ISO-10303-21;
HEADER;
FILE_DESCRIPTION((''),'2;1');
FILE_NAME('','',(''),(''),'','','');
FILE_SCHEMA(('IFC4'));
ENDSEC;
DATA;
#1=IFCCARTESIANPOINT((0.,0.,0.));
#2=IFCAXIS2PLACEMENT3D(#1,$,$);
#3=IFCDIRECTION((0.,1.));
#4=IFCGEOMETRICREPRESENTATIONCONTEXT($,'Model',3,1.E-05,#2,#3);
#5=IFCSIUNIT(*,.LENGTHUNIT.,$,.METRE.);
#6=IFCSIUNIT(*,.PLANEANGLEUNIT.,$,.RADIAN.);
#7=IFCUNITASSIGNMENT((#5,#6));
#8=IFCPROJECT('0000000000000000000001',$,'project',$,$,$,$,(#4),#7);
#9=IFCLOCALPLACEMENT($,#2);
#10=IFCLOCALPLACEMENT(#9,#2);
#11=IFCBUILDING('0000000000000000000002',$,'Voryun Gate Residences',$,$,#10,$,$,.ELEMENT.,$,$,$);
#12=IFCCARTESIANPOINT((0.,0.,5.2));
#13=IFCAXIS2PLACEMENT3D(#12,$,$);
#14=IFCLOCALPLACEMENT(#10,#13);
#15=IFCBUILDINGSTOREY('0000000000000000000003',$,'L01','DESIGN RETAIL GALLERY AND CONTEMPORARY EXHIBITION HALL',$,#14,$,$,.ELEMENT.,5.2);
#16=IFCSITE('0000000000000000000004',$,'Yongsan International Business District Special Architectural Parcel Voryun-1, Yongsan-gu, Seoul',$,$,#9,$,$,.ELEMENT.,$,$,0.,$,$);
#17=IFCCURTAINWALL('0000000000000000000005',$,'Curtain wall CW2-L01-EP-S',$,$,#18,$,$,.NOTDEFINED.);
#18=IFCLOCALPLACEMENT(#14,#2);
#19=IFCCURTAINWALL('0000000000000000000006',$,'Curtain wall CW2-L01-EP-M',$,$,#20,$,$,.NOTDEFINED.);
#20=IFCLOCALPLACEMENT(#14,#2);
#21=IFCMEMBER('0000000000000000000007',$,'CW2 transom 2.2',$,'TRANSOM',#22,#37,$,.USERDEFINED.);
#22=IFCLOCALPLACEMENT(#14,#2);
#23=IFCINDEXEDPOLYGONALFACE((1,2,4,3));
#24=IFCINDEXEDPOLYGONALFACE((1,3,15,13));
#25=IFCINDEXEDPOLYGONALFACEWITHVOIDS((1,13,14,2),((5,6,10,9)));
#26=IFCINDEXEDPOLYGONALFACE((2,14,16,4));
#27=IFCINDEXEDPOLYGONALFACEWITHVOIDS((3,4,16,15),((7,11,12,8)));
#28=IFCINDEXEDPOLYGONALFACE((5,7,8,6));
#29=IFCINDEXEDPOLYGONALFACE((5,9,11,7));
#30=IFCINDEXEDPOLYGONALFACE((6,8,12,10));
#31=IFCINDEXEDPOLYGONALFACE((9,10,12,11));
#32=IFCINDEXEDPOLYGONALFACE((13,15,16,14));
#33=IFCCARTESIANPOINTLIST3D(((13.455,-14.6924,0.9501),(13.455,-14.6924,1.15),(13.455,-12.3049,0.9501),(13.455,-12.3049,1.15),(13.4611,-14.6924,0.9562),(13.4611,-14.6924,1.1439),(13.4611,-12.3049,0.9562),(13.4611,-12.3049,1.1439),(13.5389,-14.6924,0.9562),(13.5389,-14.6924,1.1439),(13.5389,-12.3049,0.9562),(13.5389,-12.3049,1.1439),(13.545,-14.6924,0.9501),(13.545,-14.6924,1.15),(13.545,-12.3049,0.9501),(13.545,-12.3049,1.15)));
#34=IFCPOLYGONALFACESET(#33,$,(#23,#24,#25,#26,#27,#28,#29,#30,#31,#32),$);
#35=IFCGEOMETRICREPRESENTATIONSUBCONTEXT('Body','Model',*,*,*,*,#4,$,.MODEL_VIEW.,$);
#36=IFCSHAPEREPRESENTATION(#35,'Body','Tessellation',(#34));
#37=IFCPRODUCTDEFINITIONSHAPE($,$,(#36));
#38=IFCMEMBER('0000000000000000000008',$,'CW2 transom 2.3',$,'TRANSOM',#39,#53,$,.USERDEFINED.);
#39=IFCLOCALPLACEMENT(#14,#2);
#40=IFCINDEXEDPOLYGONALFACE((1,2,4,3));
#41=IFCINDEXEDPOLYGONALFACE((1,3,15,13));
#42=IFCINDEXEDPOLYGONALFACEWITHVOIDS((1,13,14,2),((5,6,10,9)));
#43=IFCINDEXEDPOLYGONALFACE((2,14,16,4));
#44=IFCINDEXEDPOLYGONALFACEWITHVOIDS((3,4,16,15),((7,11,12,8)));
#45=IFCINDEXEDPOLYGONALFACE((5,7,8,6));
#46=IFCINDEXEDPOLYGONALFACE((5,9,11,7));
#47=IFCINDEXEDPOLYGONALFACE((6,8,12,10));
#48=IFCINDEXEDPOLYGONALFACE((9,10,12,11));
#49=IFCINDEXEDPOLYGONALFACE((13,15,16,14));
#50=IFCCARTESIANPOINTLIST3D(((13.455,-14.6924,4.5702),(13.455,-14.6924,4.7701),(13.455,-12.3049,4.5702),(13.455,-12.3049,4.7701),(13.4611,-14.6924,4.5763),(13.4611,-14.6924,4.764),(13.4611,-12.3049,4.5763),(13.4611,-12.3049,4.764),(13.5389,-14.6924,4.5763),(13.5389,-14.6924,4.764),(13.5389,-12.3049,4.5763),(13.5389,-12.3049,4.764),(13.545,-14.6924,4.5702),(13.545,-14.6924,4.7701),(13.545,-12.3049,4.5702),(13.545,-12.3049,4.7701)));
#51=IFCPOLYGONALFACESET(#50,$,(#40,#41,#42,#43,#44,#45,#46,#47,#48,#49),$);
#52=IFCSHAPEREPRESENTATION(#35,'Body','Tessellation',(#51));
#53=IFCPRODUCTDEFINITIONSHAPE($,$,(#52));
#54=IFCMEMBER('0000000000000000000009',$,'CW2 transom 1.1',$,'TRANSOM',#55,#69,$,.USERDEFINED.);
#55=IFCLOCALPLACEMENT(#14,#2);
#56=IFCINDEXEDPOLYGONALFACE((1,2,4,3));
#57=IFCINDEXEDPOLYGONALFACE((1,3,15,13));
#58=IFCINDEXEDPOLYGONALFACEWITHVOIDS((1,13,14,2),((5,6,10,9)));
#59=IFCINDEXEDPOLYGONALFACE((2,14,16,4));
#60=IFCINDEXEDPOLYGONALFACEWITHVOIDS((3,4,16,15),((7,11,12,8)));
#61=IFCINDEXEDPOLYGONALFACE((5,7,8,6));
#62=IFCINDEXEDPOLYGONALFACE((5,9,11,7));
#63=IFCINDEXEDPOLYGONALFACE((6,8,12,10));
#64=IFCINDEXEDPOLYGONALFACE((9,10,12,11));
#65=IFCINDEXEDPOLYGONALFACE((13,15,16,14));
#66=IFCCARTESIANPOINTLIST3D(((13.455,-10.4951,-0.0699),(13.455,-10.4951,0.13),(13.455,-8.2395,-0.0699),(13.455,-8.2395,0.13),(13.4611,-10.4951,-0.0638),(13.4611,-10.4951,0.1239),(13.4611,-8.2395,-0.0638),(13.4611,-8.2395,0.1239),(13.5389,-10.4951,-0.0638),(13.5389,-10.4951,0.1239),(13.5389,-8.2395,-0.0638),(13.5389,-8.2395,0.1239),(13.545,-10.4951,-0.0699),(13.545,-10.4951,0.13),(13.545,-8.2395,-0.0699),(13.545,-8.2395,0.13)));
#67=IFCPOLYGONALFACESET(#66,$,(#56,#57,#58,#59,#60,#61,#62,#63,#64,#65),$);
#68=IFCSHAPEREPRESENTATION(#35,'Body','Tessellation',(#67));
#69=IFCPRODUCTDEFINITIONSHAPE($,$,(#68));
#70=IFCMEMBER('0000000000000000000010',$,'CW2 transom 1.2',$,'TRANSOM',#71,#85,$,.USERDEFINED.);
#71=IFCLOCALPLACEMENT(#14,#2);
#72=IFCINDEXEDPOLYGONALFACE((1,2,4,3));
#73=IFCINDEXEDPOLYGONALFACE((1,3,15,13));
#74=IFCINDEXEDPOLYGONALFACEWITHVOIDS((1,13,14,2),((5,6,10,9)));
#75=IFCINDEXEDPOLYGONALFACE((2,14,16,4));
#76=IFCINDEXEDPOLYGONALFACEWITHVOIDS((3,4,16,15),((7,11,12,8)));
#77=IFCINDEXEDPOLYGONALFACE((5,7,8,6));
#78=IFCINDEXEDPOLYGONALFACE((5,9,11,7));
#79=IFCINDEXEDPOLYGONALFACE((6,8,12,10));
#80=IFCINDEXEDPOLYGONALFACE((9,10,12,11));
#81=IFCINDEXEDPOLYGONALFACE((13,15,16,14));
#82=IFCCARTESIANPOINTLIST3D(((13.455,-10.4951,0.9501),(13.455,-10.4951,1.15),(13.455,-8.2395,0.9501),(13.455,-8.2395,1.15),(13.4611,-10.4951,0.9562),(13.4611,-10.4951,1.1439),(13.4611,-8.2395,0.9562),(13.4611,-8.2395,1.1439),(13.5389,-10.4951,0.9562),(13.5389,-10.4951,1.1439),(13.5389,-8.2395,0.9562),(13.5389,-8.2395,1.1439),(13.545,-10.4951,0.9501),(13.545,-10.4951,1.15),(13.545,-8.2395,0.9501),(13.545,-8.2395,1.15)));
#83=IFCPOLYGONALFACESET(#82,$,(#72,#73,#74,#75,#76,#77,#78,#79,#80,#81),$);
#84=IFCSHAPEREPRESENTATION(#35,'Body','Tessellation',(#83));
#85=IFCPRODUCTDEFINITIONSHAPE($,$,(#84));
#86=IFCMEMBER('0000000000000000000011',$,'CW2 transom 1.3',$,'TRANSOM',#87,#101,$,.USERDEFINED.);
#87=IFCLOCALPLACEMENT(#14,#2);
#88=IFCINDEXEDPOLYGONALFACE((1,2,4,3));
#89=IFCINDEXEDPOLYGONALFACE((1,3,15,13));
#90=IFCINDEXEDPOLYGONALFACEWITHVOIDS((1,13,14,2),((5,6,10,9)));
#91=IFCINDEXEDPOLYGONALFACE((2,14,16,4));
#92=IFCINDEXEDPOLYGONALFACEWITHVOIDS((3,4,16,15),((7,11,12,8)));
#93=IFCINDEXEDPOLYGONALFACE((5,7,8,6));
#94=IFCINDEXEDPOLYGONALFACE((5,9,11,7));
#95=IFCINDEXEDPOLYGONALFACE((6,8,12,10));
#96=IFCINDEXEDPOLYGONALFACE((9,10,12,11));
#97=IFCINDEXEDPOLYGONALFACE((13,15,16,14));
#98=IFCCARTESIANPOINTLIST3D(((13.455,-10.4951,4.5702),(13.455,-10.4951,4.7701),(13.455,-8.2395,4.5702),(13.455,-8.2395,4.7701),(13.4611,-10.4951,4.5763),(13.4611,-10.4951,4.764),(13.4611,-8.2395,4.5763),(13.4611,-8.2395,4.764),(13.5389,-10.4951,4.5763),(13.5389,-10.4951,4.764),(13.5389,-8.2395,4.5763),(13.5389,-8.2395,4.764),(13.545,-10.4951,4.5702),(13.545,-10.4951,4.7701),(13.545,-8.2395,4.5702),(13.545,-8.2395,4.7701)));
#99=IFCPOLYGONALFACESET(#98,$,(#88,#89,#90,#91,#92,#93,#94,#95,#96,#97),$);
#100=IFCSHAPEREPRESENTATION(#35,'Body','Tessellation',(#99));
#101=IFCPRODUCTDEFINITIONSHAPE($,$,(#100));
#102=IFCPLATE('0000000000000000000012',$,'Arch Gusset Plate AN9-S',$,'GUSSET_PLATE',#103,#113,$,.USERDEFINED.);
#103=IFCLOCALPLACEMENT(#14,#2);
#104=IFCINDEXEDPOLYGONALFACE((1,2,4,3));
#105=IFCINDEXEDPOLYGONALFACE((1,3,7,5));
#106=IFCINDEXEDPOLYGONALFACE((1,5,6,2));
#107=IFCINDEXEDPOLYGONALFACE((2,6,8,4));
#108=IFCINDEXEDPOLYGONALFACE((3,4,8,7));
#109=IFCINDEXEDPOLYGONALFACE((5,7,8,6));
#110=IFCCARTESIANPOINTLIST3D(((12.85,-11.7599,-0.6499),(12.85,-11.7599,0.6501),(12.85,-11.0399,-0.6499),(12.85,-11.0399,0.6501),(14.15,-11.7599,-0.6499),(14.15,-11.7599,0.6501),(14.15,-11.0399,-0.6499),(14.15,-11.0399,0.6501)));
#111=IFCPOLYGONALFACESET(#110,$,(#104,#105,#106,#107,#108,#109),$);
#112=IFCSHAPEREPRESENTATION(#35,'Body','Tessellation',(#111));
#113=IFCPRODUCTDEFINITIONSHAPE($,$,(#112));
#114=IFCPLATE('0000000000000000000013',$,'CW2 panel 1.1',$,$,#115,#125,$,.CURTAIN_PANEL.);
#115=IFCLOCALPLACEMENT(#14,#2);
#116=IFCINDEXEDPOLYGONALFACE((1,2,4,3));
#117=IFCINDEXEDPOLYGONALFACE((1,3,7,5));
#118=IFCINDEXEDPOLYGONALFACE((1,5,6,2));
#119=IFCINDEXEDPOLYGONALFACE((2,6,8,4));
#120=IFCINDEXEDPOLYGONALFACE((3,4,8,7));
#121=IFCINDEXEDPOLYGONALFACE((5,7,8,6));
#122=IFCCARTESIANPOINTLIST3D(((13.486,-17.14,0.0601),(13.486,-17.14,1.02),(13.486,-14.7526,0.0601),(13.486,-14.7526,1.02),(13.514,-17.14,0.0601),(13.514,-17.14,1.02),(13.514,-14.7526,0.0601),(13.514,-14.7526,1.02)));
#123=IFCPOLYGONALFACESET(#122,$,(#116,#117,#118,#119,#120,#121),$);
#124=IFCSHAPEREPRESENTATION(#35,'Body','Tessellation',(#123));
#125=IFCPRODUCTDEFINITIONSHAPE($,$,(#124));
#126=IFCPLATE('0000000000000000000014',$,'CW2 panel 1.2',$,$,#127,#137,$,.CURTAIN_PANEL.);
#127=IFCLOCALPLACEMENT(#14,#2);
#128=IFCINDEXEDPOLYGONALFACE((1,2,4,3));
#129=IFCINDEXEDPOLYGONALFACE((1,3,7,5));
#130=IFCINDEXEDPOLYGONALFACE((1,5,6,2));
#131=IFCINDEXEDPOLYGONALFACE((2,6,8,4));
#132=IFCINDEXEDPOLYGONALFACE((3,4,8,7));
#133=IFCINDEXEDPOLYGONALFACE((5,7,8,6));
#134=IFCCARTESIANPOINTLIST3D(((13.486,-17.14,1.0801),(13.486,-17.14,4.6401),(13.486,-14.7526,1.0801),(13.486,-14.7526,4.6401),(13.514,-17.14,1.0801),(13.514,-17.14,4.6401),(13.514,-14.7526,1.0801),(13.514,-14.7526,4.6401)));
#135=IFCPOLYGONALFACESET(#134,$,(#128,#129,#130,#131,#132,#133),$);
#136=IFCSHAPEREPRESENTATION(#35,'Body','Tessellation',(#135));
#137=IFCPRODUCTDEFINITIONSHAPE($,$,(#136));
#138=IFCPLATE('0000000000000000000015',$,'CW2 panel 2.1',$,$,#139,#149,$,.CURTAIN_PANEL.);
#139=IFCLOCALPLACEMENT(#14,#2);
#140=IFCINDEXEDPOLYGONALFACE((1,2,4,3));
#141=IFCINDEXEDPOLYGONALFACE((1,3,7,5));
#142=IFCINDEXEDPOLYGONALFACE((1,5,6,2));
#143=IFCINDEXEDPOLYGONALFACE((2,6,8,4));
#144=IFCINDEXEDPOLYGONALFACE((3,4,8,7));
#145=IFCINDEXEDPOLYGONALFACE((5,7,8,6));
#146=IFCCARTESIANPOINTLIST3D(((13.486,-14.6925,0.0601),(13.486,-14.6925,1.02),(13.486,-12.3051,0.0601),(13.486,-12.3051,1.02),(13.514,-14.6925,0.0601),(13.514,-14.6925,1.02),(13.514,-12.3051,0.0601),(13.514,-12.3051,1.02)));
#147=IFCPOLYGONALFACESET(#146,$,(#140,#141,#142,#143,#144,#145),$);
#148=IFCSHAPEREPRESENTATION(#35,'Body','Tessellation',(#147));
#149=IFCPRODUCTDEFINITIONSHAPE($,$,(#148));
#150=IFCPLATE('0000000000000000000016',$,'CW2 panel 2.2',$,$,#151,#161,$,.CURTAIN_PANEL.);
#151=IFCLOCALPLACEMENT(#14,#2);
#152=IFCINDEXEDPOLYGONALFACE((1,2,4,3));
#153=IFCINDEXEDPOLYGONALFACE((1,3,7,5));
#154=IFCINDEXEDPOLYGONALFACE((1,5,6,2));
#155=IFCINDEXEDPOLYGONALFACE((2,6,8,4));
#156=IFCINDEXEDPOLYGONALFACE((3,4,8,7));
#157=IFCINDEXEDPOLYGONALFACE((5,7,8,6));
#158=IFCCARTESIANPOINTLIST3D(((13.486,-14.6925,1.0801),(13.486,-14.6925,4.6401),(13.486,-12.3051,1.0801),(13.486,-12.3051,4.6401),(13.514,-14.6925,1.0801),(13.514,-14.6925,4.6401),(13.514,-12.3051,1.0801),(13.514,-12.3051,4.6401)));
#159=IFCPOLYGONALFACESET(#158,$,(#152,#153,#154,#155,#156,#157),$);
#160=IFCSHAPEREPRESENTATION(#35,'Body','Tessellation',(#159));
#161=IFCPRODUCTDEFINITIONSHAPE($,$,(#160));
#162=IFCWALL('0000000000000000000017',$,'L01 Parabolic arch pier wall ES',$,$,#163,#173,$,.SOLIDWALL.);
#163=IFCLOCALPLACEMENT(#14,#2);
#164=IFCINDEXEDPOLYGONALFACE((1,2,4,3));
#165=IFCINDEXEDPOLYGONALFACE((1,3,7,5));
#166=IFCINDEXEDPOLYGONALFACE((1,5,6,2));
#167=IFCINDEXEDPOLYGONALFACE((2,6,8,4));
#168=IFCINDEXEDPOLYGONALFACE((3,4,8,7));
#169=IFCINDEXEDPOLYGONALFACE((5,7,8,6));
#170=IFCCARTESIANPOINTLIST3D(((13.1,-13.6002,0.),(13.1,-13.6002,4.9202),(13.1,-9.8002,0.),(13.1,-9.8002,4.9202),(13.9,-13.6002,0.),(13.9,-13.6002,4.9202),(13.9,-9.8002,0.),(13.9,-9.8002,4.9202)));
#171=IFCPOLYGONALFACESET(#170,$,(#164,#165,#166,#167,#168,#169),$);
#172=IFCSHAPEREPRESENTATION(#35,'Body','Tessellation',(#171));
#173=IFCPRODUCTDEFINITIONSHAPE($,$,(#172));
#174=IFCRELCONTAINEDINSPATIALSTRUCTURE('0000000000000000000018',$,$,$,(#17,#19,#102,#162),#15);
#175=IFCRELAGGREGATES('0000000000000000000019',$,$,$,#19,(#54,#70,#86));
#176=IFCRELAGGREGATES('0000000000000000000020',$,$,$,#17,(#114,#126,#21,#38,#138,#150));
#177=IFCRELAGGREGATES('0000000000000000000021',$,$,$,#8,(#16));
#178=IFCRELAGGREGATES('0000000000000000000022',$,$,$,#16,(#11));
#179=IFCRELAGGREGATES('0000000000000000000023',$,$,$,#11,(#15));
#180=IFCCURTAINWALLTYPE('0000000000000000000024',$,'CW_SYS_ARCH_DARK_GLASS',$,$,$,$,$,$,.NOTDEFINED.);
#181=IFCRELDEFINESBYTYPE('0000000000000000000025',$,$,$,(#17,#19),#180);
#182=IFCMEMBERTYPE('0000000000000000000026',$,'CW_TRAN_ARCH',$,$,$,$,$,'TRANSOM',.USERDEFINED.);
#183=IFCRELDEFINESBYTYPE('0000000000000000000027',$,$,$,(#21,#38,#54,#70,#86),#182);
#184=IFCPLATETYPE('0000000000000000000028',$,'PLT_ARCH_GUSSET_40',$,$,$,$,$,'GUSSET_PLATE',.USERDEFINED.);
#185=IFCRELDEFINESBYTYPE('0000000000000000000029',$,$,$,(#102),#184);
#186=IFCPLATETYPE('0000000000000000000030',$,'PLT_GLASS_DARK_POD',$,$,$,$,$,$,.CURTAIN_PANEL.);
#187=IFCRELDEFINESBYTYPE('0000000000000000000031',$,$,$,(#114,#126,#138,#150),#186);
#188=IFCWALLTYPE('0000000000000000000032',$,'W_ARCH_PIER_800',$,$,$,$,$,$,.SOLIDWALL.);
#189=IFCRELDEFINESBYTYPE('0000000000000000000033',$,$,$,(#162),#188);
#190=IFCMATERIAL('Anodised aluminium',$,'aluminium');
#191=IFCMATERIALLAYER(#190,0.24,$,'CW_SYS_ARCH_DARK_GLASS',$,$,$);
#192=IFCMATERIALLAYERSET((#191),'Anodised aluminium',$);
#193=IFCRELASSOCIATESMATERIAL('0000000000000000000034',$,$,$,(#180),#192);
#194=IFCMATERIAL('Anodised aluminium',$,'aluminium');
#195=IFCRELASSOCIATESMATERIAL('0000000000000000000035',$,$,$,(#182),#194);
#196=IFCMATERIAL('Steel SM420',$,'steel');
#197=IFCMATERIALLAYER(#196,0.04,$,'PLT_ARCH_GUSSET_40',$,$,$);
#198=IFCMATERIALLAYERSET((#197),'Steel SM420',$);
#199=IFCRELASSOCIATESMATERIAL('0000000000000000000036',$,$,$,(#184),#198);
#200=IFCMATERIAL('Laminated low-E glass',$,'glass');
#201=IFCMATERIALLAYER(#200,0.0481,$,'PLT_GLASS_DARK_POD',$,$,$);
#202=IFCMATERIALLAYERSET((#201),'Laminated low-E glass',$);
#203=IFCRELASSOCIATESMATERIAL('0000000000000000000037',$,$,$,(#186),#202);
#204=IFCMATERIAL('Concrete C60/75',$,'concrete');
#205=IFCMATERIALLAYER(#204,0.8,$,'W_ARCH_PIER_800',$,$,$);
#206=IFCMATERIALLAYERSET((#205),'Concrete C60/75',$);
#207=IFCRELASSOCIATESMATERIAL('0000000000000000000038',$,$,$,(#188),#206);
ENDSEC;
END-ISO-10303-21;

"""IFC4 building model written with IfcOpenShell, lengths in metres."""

from ifc_helpers import new_model, si_unit, direction, frame, frame_2d, origin, origin_2d, place, context, subcontext, project, spatial, rectangle, hollow_rectangle, extrude, material, layer, layer_set, material_profile, profile_set, type_object, element, aggregate, save


model = new_model("IFC4")

# Units and contexts
model_context = context("Model", 3, precision=1e-05, world=origin(), true_north=direction((0.0, 1.0)))
body_context = subcontext(model_context, "Body", "Model", "MODEL_VIEW")
ifc_project = project(units=[si_unit("LENGTHUNIT", "METRE"), si_unit("PLANEANGLEUNIT", "RADIAN")], contexts=[model_context])

# Site, building, storey
site_placement = place(None, origin())
site = spatial("IfcSite", under=ifc_project, at=site_placement, Name="Yongsan International Business District Special Architectural Parcel Voryun-1, Yongsan-gu, Seoul", CompositionType="ELEMENT", RefElevation=0.0)
building_placement = place(site_placement, origin())
building = spatial("IfcBuilding", under=site, at=building_placement, Name="Voryun Gate Residences", CompositionType="ELEMENT")
storey_placement = place(building_placement, frame((0.0, 0.0, 5.2)))
storey = spatial("IfcBuildingStorey", under=building, at=storey_placement, Name="L01", Description="DESIGN RETAIL GALLERY AND CONTEMPORARY EXHIBITION HALL", CompositionType="ELEMENT", Elevation=5.2)

# Curtain wall
ifc_material_1 = material(Name="Anodised aluminium", Category="aluminium")
ifc_layer_1 = layer(ifc_material_1, 0.24, Name="CW_SYS_ARCH_DARK_GLASS")
ifc_layer_set_1 = layer_set([ifc_layer_1], Name="Anodised aluminium")
curtain_wall_type = type_object("IfcCurtainWallType", Name="CW_SYS_ARCH_DARK_GLASS", PredefinedType="NOTDEFINED", material=ifc_layer_set_1)
curtain_wall_1_placement = place(storey_placement, origin())
curtain_wall_1 = element("IfcCurtainWall", 1, at=curtain_wall_1_placement, inside=storey, type_object=curtain_wall_type, Name="Curtain wall CW2-L01-EP-S", PredefinedType="NOTDEFINED")

# Curtain wall
curtain_wall_2_placement = place(storey_placement, origin())
curtain_wall_2 = element("IfcCurtainWall", 2, at=curtain_wall_2_placement, inside=storey, type_object=curtain_wall_type, Name="Curtain wall CW2-L01-EP-M", PredefinedType="NOTDEFINED")

# Members
ifc_material_2 = material(Name="Anodised aluminium", Category="aluminium")
ifc_material_profile_1 = material_profile(ifc_material_2, hollow_rectangle(XDim=0.0901, YDim=0.2, WallThickness=0.0061, at=origin_2d()), Name="ALU-TRAN-200x90x6")
ifc_profile_set_1 = profile_set([ifc_material_profile_1], Name="Anodised aluminium")
member_type_1 = type_object("IfcMemberType", Name="CW_TRAN_ARCH", ElementType="TRANSOM", PredefinedType="USERDEFINED", material=ifc_profile_set_1)
member_1_placement = place(storey_placement, frame((13.5, -14.6924, 1.05), z_axis=(0.0, 1.0, 0.0), x_axis=(-1.0, 0.0, 0.0)))
member_1 = element("IfcMember", 3, at=member_1_placement, type_object=member_type_1, Name="CW2 transom 2.2", ObjectType="TRANSOM", PredefinedType="USERDEFINED", context=body_context, shape_type="SweptSolid", body=[
    extrude(hollow_rectangle(XDim=0.0901, YDim=0.2, WallThickness=0.0061, at=origin_2d()), origin(), (0.0, 0.0, 1.0), 2.3875),
])
member_2_placement = place(storey_placement, frame((13.5, -14.6924, 4.6702), z_axis=(0.0, 1.0, 0.0), x_axis=(-1.0, 0.0, 0.0)))
member_2 = element("IfcMember", 4, at=member_2_placement, type_object=member_type_1, Name="CW2 transom 2.3", ObjectType="TRANSOM", PredefinedType="USERDEFINED", context=body_context, shape_type="SweptSolid", body=[
    extrude(hollow_rectangle(XDim=0.0901, YDim=0.2, WallThickness=0.0061, at=origin_2d()), origin(), (0.0, 0.0, 1.0), 2.3875),
])
member_3_placement = place(storey_placement, frame((13.5, -10.4951, 0.03), z_axis=(0.0, 1.0, 0.0), x_axis=(-1.0, 0.0, 0.0)))
member_3 = element("IfcMember", 5, at=member_3_placement, type_object=member_type_1, Name="CW2 transom 1.1", ObjectType="TRANSOM", PredefinedType="USERDEFINED", context=body_context, shape_type="SweptSolid", body=[
    extrude(hollow_rectangle(XDim=0.0901, YDim=0.2, WallThickness=0.0061, at=origin_2d()), origin(), (0.0, 0.0, 1.0), 2.2556),
])
member_4_placement = place(storey_placement, frame((13.5, -10.4951, 1.05), z_axis=(0.0, 1.0, 0.0), x_axis=(-1.0, 0.0, 0.0)))
member_4 = element("IfcMember", 6, at=member_4_placement, type_object=member_type_1, Name="CW2 transom 1.2", ObjectType="TRANSOM", PredefinedType="USERDEFINED", context=body_context, shape_type="SweptSolid", body=[
    extrude(hollow_rectangle(XDim=0.0901, YDim=0.2, WallThickness=0.0061, at=origin_2d()), origin(), (0.0, 0.0, 1.0), 2.2556),
])
member_5_placement = place(storey_placement, frame((13.5, -10.4951, 4.6702), z_axis=(0.0, 1.0, 0.0), x_axis=(-1.0, 0.0, 0.0)))
member_5 = element("IfcMember", 7, at=member_5_placement, type_object=member_type_1, Name="CW2 transom 1.3", ObjectType="TRANSOM", PredefinedType="USERDEFINED", context=body_context, shape_type="SweptSolid", body=[
    extrude(hollow_rectangle(XDim=0.0901, YDim=0.2, WallThickness=0.0061, at=origin_2d()), origin(), (0.0, 0.0, 1.0), 2.2556),
])
aggregate(curtain_wall_2, [member_3, member_4, member_5])

# Plates
ifc_material_3 = material(Name="Steel SM420", Category="steel")
ifc_layer_2 = layer(ifc_material_3, 0.04, Name="PLT_ARCH_GUSSET_40")
ifc_layer_set_2 = layer_set([ifc_layer_2], Name="Steel SM420")
plate_type_1 = type_object("IfcPlateType", Name="PLT_ARCH_GUSSET_40", ElementType="GUSSET_PLATE", PredefinedType="USERDEFINED", material=ifc_layer_set_2)
plate_1_placement = place(storey_placement, frame((13.5, -11.3999, -0.6499), z_axis=(0.0, 0.0, 1.0), x_axis=(1.0, 0.0, 0.0)))
element("IfcPlate", 8, at=plate_1_placement, inside=storey, type_object=plate_type_1, Name="Arch Gusset Plate AN9-S", ObjectType="GUSSET_PLATE", PredefinedType="USERDEFINED", context=body_context, shape_type="SweptSolid", body=[
    extrude(rectangle(XDim=1.3, YDim=0.72, at=origin_2d()), origin(), (0.0, 0.0, 1.0), 1.3),
])
ifc_material_4 = material(Name="Laminated low-E glass", Category="glass")
ifc_layer_3 = layer(ifc_material_4, 0.0481, Name="PLT_GLASS_DARK_POD")
ifc_layer_set_3 = layer_set([ifc_layer_3], Name="Laminated low-E glass")
plate_type_2 = type_object("IfcPlateType", Name="PLT_GLASS_DARK_POD", PredefinedType="CURTAIN_PANEL", material=ifc_layer_set_3)
plate_2_placement = place(storey_placement, frame((13.5, -15.9463, 0.0601), z_axis=(0.0, 0.0, 1.0), x_axis=(0.0, 1.0, 0.0)))
plate_2 = element("IfcPlate", 9, at=plate_2_placement, type_object=plate_type_2, Name="CW2 panel 1.1", PredefinedType="CURTAIN_PANEL", context=body_context, shape_type="SweptSolid", body=[
    extrude(rectangle(XDim=2.3875, YDim=0.0281, at=origin_2d()), origin(), (0.0, 0.0, 1.0), 0.96),
])
plate_3_placement = place(storey_placement, frame((13.5, -15.9463, 1.0801), z_axis=(0.0, 0.0, 1.0), x_axis=(0.0, 1.0, 0.0)))
plate_3 = element("IfcPlate", 10, at=plate_3_placement, type_object=plate_type_2, Name="CW2 panel 1.2", PredefinedType="CURTAIN_PANEL", context=body_context, shape_type="SweptSolid", body=[
    extrude(rectangle(XDim=2.3875, YDim=0.0281, at=origin_2d()), origin(), (0.0, 0.0, 1.0), 3.5601),
])
plate_4_placement = place(storey_placement, frame((13.5, -13.4988, 0.0601), z_axis=(0.0, 0.0, 1.0), x_axis=(0.0, 1.0, 0.0)))
plate_4 = element("IfcPlate", 11, at=plate_4_placement, type_object=plate_type_2, Name="CW2 panel 2.1", PredefinedType="CURTAIN_PANEL", context=body_context, shape_type="SweptSolid", body=[
    extrude(rectangle(XDim=2.3875, YDim=0.0281, at=origin_2d()), origin(), (0.0, 0.0, 1.0), 0.96),
])
plate_5_placement = place(storey_placement, frame((13.5, -13.4988, 1.0801), z_axis=(0.0, 0.0, 1.0), x_axis=(0.0, 1.0, 0.0)))
plate_5 = element("IfcPlate", 12, at=plate_5_placement, type_object=plate_type_2, Name="CW2 panel 2.2", PredefinedType="CURTAIN_PANEL", context=body_context, shape_type="SweptSolid", body=[
    extrude(rectangle(XDim=2.3875, YDim=0.0281, at=origin_2d()), origin(), (0.0, 0.0, 1.0), 3.5601),
])
aggregate(curtain_wall_1, [plate_2, plate_3, member_1, member_2, plate_4, plate_5])

# Wall
ifc_material_5 = material(Name="Concrete C60/75", Category="concrete")
ifc_layer_4 = layer(ifc_material_5, 0.8, Name="W_ARCH_PIER_800")
ifc_layer_set_4 = layer_set([ifc_layer_4], Name="Concrete C60/75")
wall_type_1 = type_object("IfcWallType", Name="W_ARCH_PIER_800", PredefinedType="SOLIDWALL", material=ifc_layer_set_4)
wall_1_placement = place(storey_placement, frame((13.5, -13.6001, 0.0), z_axis=(0.0, 0.0, 1.0), x_axis=(0.0, 1.0, 0.0)))
element("IfcWall", 13, at=wall_1_placement, inside=storey, type_object=wall_type_1, Name="L01 Parabolic arch pier wall ES", PredefinedType="SOLIDWALL", context=body_context, shape_type="SweptSolid", body=[
    extrude(rectangle(XDim=3.8, YDim=0.8, at=frame_2d((1.8999, 0.0))), origin(), (0.0, 0.0, 1.0), 4.9202),
])

save(model, "model.ifc")
